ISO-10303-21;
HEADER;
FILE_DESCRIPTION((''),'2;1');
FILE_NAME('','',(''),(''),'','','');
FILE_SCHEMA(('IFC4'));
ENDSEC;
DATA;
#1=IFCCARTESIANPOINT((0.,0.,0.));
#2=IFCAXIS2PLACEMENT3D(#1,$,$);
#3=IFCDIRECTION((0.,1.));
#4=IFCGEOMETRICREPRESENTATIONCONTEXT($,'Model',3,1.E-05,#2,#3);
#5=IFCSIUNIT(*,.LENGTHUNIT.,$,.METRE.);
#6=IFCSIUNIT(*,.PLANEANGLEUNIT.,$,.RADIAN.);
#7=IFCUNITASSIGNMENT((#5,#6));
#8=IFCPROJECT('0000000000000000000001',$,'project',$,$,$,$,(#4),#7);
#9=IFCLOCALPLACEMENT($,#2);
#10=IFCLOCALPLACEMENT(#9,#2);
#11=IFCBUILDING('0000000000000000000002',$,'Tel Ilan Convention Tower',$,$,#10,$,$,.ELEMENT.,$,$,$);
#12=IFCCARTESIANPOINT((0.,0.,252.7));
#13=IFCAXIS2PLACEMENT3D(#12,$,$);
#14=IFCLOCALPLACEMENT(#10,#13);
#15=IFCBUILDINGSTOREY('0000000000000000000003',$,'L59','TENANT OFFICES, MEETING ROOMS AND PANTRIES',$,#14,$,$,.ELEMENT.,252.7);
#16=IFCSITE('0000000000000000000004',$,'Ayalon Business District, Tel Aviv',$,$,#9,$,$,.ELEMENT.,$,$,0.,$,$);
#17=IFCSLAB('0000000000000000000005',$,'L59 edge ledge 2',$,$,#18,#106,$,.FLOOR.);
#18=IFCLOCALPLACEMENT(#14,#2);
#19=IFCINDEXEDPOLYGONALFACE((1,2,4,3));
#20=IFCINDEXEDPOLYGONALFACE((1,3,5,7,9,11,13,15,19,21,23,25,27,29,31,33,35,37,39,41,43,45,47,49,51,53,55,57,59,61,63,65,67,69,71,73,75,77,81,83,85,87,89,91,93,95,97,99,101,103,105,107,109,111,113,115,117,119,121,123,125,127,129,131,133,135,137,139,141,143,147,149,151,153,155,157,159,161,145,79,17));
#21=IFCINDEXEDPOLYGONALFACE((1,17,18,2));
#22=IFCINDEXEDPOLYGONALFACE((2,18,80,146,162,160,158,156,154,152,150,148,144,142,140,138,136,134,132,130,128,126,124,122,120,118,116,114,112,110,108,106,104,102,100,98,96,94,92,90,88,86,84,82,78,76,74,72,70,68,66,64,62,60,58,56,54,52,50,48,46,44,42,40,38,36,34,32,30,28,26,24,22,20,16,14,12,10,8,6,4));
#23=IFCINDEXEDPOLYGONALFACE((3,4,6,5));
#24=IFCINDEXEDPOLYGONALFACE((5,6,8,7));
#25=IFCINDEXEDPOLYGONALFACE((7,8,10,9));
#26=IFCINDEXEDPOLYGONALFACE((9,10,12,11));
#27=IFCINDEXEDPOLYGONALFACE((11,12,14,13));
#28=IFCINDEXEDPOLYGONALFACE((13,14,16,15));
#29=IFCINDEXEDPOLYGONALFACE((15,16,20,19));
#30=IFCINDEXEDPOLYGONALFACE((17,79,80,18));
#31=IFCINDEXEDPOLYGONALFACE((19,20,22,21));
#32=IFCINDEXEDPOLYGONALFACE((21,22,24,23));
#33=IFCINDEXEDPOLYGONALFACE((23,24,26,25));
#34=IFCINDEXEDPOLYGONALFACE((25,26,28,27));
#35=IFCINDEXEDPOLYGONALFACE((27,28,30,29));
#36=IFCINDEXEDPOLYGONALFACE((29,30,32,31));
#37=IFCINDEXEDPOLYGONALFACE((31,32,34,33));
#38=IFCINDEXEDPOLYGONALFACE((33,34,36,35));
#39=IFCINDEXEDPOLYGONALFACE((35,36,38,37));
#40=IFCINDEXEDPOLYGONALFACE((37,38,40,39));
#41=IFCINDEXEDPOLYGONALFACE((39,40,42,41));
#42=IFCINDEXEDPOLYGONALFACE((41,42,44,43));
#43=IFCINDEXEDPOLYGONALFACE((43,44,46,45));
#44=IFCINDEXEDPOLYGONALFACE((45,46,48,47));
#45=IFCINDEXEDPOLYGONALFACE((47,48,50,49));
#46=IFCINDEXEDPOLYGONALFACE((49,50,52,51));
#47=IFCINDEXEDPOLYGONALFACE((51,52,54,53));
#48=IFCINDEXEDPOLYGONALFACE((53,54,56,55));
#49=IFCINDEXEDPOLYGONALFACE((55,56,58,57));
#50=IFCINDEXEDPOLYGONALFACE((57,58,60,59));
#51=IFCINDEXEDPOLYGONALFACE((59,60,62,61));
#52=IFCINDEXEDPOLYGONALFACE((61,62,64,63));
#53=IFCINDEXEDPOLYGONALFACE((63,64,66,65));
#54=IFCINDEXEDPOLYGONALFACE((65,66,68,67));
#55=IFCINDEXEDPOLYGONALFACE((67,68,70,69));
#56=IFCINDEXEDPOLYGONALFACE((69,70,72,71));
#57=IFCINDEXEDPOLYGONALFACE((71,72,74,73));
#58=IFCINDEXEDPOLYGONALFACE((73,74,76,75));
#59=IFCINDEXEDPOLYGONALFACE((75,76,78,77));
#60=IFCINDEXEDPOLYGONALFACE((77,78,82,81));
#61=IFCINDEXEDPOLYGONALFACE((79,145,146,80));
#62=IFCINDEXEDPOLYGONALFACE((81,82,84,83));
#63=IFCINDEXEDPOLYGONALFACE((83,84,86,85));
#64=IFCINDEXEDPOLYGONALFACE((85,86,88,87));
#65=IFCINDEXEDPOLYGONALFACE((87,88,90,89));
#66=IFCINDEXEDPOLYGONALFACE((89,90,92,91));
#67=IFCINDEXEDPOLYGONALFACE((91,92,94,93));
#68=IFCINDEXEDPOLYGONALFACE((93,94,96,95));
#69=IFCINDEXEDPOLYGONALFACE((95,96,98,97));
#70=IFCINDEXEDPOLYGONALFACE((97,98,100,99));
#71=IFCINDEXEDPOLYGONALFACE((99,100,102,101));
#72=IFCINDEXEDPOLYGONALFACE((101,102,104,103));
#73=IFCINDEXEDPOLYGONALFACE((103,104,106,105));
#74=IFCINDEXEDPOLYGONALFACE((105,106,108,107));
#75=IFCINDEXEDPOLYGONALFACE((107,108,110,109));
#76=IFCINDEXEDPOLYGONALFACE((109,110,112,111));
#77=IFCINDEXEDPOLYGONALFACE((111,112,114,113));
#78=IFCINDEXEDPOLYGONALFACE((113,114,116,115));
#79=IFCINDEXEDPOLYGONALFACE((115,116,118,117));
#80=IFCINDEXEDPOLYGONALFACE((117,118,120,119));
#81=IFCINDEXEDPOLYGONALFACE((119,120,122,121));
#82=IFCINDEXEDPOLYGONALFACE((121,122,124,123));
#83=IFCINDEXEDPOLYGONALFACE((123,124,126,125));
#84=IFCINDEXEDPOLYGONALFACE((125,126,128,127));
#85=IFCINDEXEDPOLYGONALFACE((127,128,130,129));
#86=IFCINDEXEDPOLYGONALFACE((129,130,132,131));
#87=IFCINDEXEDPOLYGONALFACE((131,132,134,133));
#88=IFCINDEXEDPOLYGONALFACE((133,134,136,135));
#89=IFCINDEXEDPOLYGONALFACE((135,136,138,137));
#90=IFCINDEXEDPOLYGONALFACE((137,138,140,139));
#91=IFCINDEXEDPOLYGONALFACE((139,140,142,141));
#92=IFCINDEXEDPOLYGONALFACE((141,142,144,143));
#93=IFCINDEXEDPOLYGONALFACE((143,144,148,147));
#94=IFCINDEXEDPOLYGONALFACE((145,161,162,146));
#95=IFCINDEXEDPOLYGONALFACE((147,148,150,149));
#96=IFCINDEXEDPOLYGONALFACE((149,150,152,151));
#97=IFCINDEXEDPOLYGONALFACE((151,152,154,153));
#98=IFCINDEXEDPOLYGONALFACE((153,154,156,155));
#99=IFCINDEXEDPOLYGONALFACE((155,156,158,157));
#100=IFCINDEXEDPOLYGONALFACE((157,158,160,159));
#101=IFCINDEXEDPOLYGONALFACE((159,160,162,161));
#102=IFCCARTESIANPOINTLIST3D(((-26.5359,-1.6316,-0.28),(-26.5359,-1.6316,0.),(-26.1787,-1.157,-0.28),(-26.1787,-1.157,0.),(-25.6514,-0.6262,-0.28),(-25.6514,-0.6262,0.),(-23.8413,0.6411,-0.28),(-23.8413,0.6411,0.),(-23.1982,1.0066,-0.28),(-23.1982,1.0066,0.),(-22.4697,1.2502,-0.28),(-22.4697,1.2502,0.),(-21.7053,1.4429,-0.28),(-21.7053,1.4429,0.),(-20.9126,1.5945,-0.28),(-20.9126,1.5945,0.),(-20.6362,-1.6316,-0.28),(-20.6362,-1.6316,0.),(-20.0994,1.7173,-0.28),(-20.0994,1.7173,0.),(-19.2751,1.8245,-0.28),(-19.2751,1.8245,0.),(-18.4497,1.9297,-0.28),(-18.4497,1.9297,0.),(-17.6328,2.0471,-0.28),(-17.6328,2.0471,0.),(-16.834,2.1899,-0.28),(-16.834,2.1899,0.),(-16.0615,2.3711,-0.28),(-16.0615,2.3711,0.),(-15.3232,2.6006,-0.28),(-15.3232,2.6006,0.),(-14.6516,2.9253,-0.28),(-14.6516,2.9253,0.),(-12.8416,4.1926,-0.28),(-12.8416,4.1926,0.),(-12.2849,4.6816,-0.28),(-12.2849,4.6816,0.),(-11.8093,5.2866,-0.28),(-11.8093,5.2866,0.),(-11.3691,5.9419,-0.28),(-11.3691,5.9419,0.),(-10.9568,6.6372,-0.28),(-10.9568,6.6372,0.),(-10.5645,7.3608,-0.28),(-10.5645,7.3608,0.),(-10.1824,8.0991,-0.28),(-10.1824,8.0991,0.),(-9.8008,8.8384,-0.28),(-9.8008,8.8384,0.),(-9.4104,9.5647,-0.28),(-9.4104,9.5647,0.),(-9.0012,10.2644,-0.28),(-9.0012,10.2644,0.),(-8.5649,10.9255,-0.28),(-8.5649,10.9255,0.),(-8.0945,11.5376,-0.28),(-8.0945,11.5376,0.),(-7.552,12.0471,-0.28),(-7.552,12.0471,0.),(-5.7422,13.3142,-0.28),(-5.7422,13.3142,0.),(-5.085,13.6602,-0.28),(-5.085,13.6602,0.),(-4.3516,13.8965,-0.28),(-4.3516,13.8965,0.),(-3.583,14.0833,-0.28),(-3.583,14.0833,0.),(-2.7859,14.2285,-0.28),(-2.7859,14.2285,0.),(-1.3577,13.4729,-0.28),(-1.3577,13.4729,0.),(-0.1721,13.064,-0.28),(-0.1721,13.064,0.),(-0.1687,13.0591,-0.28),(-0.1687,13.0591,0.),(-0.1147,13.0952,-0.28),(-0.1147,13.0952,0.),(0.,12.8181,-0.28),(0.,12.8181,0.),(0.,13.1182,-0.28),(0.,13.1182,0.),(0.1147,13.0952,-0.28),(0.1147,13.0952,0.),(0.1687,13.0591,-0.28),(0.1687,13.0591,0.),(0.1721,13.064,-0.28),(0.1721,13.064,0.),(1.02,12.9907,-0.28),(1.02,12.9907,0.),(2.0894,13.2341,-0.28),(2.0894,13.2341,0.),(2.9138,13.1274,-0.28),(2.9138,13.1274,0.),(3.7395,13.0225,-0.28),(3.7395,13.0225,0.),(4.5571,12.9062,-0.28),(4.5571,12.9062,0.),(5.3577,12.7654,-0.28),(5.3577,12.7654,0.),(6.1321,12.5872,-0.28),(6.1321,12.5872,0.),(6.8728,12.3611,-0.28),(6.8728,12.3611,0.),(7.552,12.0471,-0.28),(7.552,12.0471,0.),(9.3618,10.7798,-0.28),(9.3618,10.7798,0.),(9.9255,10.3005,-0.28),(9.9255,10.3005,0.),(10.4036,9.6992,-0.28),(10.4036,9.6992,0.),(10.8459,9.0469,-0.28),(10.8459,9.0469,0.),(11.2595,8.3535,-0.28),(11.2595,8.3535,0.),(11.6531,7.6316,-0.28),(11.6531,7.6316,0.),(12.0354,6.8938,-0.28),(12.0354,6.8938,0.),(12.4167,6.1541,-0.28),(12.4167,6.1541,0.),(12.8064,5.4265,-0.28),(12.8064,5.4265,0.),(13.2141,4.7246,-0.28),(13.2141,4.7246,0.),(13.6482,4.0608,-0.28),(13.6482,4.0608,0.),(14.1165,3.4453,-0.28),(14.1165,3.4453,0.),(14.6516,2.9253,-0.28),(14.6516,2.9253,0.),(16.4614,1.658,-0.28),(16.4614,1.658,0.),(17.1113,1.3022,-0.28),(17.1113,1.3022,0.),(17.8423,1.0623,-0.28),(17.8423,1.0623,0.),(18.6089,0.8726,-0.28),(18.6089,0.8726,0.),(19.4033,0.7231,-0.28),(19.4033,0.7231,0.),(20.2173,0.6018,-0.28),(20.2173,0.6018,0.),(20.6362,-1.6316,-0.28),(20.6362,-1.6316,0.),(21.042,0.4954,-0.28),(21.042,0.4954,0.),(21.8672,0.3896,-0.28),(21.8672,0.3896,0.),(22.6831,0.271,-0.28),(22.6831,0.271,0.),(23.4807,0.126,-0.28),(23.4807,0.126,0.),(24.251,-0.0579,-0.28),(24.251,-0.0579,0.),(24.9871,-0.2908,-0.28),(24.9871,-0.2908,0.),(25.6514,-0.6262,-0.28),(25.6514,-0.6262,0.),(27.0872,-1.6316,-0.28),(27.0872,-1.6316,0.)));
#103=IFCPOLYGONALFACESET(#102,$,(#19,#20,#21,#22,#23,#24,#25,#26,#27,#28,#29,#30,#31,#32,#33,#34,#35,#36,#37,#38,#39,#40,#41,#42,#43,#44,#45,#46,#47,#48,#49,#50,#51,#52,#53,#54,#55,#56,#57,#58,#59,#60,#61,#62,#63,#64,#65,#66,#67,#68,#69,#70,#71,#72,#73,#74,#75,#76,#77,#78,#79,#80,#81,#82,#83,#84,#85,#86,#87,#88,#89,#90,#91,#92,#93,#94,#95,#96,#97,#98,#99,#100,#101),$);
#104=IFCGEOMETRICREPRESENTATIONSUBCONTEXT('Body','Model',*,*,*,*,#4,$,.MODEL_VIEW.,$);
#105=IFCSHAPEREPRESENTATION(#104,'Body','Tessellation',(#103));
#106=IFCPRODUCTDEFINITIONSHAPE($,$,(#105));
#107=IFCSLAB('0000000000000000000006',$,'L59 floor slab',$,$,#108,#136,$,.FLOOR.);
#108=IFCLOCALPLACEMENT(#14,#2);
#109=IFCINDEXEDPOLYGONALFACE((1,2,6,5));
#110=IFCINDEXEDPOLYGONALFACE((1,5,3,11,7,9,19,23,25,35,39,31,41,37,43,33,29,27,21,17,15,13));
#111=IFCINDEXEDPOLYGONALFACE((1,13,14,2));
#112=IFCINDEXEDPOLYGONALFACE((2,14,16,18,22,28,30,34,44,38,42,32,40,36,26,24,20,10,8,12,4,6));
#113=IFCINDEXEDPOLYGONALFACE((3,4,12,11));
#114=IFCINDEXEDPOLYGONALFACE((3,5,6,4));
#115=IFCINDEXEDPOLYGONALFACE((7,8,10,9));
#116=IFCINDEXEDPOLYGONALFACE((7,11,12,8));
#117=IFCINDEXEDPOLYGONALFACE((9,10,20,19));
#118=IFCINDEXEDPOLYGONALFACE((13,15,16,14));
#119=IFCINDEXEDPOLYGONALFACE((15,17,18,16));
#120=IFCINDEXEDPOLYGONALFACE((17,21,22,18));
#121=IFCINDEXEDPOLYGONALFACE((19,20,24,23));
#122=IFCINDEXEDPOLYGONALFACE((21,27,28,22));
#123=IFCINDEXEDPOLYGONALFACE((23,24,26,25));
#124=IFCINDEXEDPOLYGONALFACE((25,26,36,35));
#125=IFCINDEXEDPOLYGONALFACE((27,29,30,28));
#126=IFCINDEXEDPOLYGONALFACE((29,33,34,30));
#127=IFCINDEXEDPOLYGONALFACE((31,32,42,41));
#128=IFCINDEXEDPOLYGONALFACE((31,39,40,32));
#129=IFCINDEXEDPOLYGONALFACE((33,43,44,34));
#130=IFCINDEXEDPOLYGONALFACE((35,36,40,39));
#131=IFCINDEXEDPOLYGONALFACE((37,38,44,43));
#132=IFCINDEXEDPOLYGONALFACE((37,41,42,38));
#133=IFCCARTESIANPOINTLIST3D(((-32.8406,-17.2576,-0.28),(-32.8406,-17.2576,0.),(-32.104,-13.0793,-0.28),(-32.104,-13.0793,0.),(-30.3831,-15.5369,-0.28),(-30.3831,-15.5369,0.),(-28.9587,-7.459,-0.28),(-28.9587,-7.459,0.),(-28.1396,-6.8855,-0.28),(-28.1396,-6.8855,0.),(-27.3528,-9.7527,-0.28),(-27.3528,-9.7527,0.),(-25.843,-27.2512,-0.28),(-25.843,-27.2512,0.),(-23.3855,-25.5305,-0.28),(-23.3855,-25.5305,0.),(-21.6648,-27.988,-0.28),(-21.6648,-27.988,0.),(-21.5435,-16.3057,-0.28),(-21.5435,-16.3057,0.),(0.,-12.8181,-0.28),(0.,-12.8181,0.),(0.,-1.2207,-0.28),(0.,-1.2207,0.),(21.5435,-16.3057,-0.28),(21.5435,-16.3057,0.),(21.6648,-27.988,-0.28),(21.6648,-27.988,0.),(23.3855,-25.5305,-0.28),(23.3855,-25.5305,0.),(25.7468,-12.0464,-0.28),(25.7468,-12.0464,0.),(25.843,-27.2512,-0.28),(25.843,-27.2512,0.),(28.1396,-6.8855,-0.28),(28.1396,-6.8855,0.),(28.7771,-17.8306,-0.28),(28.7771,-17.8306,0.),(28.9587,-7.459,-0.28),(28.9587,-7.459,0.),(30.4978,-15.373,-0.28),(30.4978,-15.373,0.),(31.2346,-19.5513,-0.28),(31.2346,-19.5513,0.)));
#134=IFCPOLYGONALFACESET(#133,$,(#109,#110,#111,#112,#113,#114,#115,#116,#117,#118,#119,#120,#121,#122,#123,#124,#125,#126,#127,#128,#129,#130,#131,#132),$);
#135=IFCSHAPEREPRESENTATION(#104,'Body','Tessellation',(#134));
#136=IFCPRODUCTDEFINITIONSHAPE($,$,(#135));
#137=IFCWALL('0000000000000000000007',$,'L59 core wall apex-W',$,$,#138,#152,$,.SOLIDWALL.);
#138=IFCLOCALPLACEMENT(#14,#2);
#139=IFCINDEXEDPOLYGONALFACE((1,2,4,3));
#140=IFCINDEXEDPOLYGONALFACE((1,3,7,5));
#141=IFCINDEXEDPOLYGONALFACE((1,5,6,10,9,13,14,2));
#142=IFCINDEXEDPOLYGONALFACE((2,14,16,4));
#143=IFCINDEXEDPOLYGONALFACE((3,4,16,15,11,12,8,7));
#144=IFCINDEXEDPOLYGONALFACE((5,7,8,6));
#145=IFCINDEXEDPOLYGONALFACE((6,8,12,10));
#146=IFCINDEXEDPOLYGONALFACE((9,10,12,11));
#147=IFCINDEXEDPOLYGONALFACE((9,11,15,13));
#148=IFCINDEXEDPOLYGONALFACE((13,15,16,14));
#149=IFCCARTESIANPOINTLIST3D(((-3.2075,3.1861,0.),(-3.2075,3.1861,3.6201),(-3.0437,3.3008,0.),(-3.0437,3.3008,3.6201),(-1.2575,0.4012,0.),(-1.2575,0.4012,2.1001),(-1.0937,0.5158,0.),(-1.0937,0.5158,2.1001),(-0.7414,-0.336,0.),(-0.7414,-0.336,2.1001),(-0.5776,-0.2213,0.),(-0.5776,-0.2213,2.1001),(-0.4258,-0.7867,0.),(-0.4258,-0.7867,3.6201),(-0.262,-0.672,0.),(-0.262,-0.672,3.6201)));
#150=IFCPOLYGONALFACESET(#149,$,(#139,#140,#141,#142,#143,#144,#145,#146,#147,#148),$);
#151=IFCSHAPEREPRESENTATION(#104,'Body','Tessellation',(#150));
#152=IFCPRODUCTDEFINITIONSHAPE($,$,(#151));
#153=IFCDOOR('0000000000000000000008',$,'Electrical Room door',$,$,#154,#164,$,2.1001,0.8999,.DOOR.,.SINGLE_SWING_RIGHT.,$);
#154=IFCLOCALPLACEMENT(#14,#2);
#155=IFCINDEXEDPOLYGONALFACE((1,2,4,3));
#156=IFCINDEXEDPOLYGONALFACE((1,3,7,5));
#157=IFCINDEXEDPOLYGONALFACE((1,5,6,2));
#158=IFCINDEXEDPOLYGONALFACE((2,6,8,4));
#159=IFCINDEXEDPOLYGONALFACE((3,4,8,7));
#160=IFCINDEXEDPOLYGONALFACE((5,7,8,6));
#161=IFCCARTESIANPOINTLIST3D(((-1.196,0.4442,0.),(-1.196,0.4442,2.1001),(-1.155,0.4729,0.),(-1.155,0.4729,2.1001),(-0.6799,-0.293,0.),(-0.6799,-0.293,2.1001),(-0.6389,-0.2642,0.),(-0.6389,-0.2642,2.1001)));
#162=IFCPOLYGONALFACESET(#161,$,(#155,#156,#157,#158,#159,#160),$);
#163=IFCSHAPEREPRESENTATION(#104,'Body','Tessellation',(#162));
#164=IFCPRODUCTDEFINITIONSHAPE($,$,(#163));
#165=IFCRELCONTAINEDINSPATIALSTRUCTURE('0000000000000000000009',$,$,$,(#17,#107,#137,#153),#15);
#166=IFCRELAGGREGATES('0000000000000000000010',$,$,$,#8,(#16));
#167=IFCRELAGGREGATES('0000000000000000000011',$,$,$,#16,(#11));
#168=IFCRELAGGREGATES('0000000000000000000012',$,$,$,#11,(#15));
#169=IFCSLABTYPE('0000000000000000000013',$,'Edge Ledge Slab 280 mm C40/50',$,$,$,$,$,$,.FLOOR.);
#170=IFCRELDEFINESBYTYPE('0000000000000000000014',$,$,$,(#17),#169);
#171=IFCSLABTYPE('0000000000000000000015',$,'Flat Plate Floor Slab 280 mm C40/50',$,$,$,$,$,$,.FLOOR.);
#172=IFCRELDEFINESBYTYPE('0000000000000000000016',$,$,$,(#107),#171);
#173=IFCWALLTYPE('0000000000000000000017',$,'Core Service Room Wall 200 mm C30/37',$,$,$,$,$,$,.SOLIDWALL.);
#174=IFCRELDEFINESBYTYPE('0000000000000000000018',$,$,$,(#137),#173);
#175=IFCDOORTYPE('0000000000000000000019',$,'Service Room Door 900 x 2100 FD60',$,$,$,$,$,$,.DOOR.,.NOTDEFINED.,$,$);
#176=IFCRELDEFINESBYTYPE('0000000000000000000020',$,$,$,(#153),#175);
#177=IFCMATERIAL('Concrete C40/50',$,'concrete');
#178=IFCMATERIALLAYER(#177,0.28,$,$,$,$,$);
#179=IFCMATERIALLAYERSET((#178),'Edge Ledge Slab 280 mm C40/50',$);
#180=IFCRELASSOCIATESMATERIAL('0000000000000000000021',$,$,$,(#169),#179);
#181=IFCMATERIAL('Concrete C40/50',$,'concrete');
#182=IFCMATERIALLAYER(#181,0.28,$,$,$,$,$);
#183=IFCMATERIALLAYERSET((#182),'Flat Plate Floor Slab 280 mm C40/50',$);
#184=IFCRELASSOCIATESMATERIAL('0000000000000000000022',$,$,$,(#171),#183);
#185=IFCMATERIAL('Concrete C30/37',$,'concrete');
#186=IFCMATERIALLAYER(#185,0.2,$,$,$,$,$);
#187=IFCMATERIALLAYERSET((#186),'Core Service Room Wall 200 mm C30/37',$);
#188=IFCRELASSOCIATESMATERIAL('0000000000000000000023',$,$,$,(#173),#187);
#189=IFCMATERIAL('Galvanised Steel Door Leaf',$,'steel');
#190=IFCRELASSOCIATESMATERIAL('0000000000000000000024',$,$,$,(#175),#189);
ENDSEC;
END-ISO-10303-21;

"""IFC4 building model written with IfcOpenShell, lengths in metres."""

from ifc_helpers import new_model, si_unit, direction, frame, frame_2d, origin, place, context, subcontext, project, spatial, polyline, rectangle, outline, extrude, material, layer, layer_set, type_object, element, fill, save


model = new_model("IFC4")

# Units and contexts
model_context = context("Model", 3, precision=1e-05, world=origin(), true_north=direction((0.0, 1.0)))
body_context = subcontext(model_context, "Body", "Model", "MODEL_VIEW")
ifc_project = project(units=[si_unit("LENGTHUNIT", "METRE"), si_unit("PLANEANGLEUNIT", "RADIAN")], contexts=[model_context])

# Site, building, storey
site_placement = place(None, origin())
site = spatial("IfcSite", under=ifc_project, at=site_placement, Name="Ayalon Business District, Tel Aviv", CompositionType="ELEMENT", RefElevation=0.0)
building_placement = place(site_placement, origin())
building = spatial("IfcBuilding", under=site, at=building_placement, Name="Tel Ilan Convention Tower", CompositionType="ELEMENT")
storey_placement = place(building_placement, frame((0.0, 0.0, 252.7)))
storey = spatial("IfcBuildingStorey", under=building, at=storey_placement, Name="L59", Description="TENANT OFFICES, MEETING ROOMS AND PANTRIES", CompositionType="ELEMENT", Elevation=252.7)

# Slabs
ifc_material_1 = material(Name="Concrete C40/50", Category="concrete")
ifc_layer_1 = layer(ifc_material_1, 0.28)
ifc_layer_set_1 = layer_set([ifc_layer_1], Name="Edge Ledge Slab 280 mm C40/50")
slab_type_1 = type_object("IfcSlabType", Name="Edge Ledge Slab 280 mm C40/50", PredefinedType="FLOOR", material=ifc_layer_set_1)
slab_1_placement = place(storey_placement, frame((0.0, 0.0, -0.28)))
element("IfcSlab", 1, at=slab_1_placement, inside=storey, type_object=slab_type_1, Name="L59 edge ledge 2", PredefinedType="FLOOR", context=body_context, shape_type="SweptSolid", body=[
    extrude(outline(polyline([(-23.1982, 1.0066), (-22.4697, 1.2502), (-21.7053, 1.4429), (-20.9126, 1.5945), (-20.0994, 1.7173), (-19.2751, 1.8245), (-18.4497, 1.9297), (-17.6328, 2.0471), (-16.834, 2.1899), (-16.0615, 2.3711), (-15.3232, 2.6006), (-14.6516, 2.9253), (-12.8416, 4.1926), (-12.2849, 4.6816), (-11.8093, 5.2866), (-11.3691, 5.9419), (-10.9568, 6.6372), (-10.5645, 7.3608), (-10.1824, 8.0991), (-9.8008, 8.8384), (-9.4104, 9.5647), (-9.0012, 10.2644), (-8.5649, 10.9255), (-8.0945, 11.5376), (-7.552, 12.0471), (-5.7422, 13.3142), (-5.085, 13.6602), (-4.3516, 13.8965), (-3.583, 14.0833), (-2.7859, 14.2285), (-1.3577, 13.4729), (-0.1721, 13.064), (-0.1687, 13.0591), (-0.1147, 13.0952), (0.0, 13.1182), (0.1147, 13.0952), (0.1687, 13.0591), (0.1721, 13.064), (1.02, 12.9907), (2.0894, 13.2341), (2.9138, 13.1274), (3.7395, 13.0225), (4.5571, 12.9062), (5.3577, 12.7654), (6.1321, 12.5872), (6.8728, 12.3611), (7.552, 12.0471), (9.3618, 10.7798), (9.9255, 10.3005), (10.4036, 9.6992), (10.8459, 9.0469), (11.2595, 8.3535), (11.6531, 7.6316), (12.0354, 6.8938), (12.4167, 6.1541), (12.8064, 5.4265), (13.2141, 4.7246), (13.6482, 4.0608), (14.1165, 3.4453), (14.6516, 2.9253), (16.4614, 1.658), (17.1113, 1.3022), (17.8423, 1.0623), (18.6089, 0.8726), (19.4033, 0.7231), (20.2173, 0.6018), (21.042, 0.4954), (21.8672, 0.3896), (22.6831, 0.271), (23.4807, 0.126), (24.251, -0.0579), (24.9871, -0.2908), (25.6514, -0.6262), (27.0872, -1.6316), (20.6362, -1.6316), (0.0, 12.8181), (-20.6362, -1.6316), (-26.5359, -1.6316), (-26.1787, -1.157), (-25.6514, -0.6262), (-23.8413, 0.6411), (-23.1982, 1.0066)])), origin(), (0.0, 0.0, 1.0), 0.28),
])
ifc_material_2 = material(Name="Concrete C40/50", Category="concrete")
ifc_layer_2 = layer(ifc_material_2, 0.28)
ifc_layer_set_2 = layer_set([ifc_layer_2], Name="Flat Plate Floor Slab 280 mm C40/50")
slab_type_2 = type_object("IfcSlabType", Name="Flat Plate Floor Slab 280 mm C40/50", PredefinedType="FLOOR", material=ifc_layer_set_2)
slab_2_placement = place(storey_placement, frame((0.0, 0.0, -0.28)))
element("IfcSlab", 2, at=slab_2_placement, inside=storey, type_object=slab_type_2, Name="L59 floor slab", PredefinedType="FLOOR", context=body_context, shape_type="SweptSolid", body=[
    extrude(outline(polyline([(21.5435, -16.3057), (28.1396, -6.8855), (28.9587, -7.459), (25.7468, -12.0464), (30.4978, -15.373), (28.7771, -17.8306), (31.2346, -19.5513), (25.843, -27.2512), (23.3855, -25.5305), (21.6648, -27.988), (0.0, -12.8181), (-21.6648, -27.988), (-23.3855, -25.5305), (-25.843, -27.2512), (-32.8406, -17.2576), (-30.3831, -15.5369), (-32.104, -13.0793), (-27.3528, -9.7527), (-28.9587, -7.459), (-28.1396, -6.8855), (-21.5435, -16.3057), (0.0, -1.2207), (21.5435, -16.3057)])), origin(), (0.0, 0.0, 1.0), 0.28),
])

# Wall, opening, door
ifc_material_3 = material(Name="Concrete C30/37", Category="concrete")
ifc_layer_3 = layer(ifc_material_3, 0.2)
ifc_layer_set_3 = layer_set([ifc_layer_3], Name="Core Service Room Wall 200 mm C30/37")
wall_type_1 = type_object("IfcWallType", Name="Core Service Room Wall 200 mm C30/37", PredefinedType="SOLIDWALL", material=ifc_layer_set_3)
wall_1_placement = place(storey_placement, frame((-0.344, -0.7292, 0.0), z_axis=(0.0, 0.0, 1.0), x_axis=(-0.57356, 0.819163, 0.0)))
wall_1 = element("IfcWall", 3, at=wall_1_placement, inside=storey, type_object=wall_type_1, Name="L59 core wall apex-W", PredefinedType="SOLIDWALL", context=body_context, shape_type="SweptSolid", body=[
    extrude(rectangle(XDim=4.8499, YDim=0.2, at=frame_2d((2.4248, 0.0))), origin(), (0.0, 0.0, 1.0), 3.6201),
])
opening_1_placement = place(wall_1_placement, frame((0.55, 0.0, 0.0)))
opening_1 = element("IfcOpeningElement", 4, at=opening_1_placement, cuts=wall_1, PredefinedType="OPENING", context=body_context, shape_type="SweptSolid", body=[
    extrude(rectangle(XDim=0.8999, YDim=2.1001, at=frame_2d((0.45, 1.05))), frame((0.0, 0.1099, 0.0), z_axis=(0.0, -1.0, 0.0), x_axis=(1.0, 0.0, 0.0)), (0.0, 0.0, 1.0), 0.22),
])
ifc_material_4 = material(Name="Galvanised Steel Door Leaf", Category="steel")
door_type_1 = type_object("IfcDoorType", Name="Service Room Door 900 x 2100 FD60", OperationType="NOTDEFINED", PredefinedType="DOOR", material=ifc_material_4)
door_1_placement = place(opening_1_placement, origin())
door_1 = element("IfcDoor", 5, at=door_1_placement, inside=storey, type_object=door_type_1, Name="Electrical Room door", OperationType="SINGLE_SWING_RIGHT", OverallHeight=2.1001, OverallWidth=0.8999, PredefinedType="DOOR", context=body_context, shape_type="SweptSolid", body=[
    extrude(rectangle(XDim=0.8999, YDim=2.1001, at=frame_2d((0.45, 1.05))), frame((0.0, 0.0249, 0.0), z_axis=(0.0, -1.0, 0.0), x_axis=(1.0, 0.0, 0.0)), (0.0, 0.0, 1.0), 0.05),
])
fill(opening_1, door_1)

save(model, "model.ifc")
